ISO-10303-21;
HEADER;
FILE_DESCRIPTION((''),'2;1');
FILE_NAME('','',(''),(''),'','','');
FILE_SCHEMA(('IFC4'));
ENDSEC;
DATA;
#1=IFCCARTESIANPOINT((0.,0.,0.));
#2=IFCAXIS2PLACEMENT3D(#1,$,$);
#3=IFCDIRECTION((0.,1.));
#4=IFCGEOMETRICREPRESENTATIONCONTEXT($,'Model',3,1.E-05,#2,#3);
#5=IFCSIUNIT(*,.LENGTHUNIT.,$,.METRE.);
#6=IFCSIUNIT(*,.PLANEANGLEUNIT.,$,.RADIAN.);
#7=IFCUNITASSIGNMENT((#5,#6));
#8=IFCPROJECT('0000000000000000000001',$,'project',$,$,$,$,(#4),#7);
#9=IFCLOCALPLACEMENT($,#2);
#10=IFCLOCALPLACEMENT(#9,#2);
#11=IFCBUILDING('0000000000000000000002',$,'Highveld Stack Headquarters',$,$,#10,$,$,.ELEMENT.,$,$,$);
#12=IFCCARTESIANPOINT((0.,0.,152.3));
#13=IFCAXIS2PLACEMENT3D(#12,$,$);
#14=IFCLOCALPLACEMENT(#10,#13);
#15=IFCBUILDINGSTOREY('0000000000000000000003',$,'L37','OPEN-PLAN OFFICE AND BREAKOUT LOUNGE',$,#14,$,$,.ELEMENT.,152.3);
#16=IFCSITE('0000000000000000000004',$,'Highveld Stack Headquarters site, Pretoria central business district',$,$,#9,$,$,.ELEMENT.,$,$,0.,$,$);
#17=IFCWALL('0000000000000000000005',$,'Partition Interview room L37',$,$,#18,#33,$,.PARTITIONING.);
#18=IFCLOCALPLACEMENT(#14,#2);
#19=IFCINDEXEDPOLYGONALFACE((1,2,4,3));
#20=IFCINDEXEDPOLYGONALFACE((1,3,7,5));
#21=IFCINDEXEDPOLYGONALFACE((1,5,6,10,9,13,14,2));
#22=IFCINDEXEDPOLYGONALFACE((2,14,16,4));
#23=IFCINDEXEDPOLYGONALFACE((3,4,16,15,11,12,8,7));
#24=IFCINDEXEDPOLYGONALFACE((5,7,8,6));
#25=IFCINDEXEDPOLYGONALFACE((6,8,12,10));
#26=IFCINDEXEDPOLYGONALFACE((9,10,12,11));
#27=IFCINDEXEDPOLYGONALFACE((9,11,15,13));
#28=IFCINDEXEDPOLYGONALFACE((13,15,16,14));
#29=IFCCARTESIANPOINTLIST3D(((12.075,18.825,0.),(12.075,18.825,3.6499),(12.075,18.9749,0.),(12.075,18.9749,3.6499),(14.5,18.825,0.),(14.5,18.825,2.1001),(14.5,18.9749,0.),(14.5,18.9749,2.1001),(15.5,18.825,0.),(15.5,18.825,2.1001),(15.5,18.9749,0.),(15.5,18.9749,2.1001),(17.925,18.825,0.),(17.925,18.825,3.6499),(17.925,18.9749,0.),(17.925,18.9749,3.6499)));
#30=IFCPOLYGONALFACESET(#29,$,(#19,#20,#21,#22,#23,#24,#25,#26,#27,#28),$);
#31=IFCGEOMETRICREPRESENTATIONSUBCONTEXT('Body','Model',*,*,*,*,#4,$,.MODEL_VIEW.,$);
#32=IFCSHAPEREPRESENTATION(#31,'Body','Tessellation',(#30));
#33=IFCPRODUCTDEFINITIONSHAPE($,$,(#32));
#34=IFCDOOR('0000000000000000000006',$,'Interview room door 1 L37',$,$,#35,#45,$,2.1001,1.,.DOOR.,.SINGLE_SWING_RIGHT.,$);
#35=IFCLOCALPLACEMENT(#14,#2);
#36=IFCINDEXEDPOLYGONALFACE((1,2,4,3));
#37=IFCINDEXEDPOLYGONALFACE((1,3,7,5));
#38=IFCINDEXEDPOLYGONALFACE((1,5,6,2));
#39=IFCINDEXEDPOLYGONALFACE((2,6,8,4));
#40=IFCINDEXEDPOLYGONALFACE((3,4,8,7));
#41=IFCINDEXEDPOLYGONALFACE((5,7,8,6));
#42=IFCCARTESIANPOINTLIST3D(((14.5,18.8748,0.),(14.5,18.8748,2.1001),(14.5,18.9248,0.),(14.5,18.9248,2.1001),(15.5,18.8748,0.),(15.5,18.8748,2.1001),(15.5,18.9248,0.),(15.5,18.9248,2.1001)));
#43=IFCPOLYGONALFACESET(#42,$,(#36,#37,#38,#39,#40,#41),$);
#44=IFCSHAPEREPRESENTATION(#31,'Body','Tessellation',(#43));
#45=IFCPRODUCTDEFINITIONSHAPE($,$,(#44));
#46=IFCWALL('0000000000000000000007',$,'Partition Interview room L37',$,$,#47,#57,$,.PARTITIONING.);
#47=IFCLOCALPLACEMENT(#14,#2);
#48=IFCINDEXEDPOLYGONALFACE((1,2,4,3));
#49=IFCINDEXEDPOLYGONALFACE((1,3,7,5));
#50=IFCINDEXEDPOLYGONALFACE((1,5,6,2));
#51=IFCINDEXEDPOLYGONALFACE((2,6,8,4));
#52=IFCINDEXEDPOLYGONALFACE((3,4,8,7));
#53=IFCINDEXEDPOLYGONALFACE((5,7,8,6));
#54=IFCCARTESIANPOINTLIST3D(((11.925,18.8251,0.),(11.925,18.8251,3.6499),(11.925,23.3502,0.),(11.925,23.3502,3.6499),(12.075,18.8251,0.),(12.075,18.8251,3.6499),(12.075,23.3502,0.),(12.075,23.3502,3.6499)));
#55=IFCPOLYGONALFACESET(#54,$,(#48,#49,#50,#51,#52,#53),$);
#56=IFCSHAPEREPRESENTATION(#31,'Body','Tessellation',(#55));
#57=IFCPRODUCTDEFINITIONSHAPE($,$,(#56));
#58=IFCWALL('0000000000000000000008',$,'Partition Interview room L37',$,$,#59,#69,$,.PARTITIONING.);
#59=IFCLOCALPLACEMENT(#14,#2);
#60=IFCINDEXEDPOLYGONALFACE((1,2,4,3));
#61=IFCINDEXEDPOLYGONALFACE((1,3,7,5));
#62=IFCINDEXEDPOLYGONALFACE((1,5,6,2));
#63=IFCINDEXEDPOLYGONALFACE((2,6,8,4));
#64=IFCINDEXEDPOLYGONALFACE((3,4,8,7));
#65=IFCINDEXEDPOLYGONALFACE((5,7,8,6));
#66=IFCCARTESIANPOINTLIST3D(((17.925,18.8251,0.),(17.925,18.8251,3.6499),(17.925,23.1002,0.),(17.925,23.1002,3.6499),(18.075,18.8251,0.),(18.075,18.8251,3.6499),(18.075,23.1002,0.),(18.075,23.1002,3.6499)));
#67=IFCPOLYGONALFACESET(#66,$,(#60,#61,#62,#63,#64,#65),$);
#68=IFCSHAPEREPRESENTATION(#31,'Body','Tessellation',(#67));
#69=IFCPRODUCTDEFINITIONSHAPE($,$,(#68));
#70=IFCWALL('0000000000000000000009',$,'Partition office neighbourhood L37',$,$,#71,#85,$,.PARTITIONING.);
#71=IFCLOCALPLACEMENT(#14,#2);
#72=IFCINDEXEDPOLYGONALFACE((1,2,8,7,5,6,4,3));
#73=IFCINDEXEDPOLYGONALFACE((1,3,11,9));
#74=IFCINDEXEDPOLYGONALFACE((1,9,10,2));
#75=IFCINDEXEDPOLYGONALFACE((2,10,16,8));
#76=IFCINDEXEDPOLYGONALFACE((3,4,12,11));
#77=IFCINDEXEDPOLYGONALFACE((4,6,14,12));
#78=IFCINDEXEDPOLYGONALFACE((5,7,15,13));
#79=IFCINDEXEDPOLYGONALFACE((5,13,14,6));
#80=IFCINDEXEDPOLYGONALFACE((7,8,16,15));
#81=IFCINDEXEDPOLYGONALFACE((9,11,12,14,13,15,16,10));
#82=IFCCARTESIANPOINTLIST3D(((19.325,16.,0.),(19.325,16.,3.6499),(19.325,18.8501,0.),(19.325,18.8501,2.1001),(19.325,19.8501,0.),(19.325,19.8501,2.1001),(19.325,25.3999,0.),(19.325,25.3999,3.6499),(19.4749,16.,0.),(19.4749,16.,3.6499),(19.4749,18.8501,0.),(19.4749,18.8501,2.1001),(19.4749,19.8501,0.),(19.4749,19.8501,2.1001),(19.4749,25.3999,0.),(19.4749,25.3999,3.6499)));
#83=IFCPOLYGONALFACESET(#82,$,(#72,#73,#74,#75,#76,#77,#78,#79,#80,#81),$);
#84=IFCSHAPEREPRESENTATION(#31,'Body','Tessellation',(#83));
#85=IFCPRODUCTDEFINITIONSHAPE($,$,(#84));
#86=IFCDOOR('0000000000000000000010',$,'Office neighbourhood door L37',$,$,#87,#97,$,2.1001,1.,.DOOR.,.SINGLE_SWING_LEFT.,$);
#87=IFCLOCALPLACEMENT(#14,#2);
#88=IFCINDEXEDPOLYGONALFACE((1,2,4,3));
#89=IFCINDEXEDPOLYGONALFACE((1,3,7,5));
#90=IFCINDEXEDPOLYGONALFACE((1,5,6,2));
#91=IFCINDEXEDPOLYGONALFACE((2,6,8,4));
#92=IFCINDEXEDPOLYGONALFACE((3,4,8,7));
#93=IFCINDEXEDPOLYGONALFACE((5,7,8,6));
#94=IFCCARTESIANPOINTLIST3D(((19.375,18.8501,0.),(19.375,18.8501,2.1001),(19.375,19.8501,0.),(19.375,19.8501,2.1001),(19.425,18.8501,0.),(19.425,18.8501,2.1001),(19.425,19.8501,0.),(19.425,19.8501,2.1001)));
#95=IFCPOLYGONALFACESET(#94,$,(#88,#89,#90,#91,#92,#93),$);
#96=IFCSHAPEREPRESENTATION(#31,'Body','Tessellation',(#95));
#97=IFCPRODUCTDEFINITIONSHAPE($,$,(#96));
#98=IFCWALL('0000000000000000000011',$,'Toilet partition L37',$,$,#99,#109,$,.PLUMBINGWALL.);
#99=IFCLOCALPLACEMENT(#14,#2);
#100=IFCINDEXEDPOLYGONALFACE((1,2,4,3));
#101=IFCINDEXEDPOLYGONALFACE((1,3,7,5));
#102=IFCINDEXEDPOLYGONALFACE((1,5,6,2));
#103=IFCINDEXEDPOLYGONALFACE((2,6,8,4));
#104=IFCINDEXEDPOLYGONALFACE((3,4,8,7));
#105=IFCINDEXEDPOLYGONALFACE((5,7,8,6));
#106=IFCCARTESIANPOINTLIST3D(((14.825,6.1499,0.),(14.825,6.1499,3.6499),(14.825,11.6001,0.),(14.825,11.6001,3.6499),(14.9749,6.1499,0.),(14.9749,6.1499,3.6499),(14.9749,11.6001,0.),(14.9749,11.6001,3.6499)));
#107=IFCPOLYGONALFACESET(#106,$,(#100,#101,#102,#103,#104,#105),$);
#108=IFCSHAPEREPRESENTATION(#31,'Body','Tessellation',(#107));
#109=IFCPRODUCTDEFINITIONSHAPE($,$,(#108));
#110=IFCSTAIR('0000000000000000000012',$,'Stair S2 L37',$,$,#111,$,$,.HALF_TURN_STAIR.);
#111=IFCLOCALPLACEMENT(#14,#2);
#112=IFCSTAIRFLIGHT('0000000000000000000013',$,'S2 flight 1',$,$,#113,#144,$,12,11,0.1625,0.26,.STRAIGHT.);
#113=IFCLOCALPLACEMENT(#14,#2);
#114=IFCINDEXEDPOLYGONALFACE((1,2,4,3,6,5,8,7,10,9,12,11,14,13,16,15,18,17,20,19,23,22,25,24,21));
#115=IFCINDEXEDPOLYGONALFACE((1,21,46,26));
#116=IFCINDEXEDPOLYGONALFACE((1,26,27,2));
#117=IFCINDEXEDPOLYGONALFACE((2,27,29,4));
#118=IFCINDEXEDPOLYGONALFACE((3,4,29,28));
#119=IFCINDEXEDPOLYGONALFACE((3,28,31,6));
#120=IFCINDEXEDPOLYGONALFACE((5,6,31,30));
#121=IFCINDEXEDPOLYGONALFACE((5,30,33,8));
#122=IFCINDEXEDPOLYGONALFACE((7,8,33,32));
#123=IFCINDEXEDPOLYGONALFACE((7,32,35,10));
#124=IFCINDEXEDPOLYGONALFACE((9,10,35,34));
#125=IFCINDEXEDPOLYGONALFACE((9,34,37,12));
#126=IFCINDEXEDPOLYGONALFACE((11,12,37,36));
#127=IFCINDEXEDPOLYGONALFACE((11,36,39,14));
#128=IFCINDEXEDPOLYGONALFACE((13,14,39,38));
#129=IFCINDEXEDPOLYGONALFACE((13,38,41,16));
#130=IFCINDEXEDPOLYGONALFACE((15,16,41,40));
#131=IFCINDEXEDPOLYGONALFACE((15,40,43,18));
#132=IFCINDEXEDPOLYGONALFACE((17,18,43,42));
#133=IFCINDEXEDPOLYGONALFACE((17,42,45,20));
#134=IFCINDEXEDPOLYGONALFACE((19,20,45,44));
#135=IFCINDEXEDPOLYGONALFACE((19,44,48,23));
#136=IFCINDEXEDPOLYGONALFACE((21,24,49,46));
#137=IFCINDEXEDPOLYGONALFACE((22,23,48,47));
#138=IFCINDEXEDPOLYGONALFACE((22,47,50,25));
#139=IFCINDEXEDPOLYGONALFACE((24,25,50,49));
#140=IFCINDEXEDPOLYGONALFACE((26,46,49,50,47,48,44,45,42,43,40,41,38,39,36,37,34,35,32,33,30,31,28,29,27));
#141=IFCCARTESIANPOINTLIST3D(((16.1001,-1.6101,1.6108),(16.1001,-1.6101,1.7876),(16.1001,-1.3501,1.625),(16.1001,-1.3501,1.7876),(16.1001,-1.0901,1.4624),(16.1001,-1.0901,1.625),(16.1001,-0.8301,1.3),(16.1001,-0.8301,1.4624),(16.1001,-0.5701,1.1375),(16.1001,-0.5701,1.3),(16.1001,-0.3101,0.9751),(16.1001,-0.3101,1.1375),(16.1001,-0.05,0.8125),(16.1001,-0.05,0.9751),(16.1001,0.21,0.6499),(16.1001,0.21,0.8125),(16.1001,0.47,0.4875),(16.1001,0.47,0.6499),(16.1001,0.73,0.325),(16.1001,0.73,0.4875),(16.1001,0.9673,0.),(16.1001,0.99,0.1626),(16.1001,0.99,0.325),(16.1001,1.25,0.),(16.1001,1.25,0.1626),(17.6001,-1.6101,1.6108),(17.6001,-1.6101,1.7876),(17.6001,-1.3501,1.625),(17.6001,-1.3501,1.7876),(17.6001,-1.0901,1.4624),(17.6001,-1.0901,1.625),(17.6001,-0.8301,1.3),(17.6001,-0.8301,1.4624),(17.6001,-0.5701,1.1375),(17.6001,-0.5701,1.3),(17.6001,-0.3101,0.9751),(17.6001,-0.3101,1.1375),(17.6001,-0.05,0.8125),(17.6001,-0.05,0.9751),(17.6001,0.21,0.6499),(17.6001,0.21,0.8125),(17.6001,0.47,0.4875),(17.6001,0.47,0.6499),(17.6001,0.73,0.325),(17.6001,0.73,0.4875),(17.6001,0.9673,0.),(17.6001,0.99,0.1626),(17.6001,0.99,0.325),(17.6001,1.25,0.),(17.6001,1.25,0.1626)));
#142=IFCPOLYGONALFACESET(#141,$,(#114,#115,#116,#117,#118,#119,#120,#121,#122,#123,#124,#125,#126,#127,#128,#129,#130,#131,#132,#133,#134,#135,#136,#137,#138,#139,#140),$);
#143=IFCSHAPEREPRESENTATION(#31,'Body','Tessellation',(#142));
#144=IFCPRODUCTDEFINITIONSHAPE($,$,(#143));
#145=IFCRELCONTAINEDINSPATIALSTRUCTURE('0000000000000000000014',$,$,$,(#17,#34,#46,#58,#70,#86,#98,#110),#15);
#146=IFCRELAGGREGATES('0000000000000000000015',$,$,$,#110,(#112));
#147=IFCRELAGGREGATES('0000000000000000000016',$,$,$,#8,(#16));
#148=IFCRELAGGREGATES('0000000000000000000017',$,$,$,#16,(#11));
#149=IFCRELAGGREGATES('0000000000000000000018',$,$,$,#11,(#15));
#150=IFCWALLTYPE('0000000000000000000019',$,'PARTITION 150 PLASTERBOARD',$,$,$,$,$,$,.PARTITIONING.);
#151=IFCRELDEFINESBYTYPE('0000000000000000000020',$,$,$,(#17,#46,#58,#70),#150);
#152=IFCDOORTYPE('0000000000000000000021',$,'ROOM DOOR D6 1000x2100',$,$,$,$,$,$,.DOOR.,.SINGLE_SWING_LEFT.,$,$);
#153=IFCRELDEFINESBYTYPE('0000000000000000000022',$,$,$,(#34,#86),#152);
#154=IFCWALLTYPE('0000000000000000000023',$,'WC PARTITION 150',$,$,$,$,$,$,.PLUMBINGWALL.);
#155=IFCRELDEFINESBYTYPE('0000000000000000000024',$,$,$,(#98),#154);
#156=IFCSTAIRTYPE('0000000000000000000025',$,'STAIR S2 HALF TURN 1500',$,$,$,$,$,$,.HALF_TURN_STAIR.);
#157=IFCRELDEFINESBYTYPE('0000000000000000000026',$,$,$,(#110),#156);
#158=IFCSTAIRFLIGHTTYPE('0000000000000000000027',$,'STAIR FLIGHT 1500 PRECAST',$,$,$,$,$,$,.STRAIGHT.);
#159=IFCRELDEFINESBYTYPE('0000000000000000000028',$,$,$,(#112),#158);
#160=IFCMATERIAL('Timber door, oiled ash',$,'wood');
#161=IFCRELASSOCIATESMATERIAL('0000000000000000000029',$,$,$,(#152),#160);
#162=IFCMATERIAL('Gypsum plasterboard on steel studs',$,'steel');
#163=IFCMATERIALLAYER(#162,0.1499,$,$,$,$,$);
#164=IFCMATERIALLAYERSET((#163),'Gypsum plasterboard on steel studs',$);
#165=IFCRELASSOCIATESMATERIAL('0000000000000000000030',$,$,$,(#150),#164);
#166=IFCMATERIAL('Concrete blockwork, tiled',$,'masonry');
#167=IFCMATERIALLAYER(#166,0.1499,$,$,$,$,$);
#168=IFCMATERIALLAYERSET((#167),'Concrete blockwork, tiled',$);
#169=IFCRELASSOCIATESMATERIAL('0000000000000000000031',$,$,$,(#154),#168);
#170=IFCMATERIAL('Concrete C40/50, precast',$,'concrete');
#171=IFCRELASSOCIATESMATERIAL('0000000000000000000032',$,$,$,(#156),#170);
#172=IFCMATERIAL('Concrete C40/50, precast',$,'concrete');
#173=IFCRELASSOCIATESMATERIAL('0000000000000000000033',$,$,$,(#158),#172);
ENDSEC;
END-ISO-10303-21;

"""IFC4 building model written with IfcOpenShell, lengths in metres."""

from ifc_helpers import new_model, si_unit, direction, frame, frame_2d, origin, place, context, subcontext, project, spatial, polyline, rectangle, outline, extrude, material, layer, layer_set, type_object, element, fill, aggregate, save


model = new_model("IFC4")

# Units and contexts
model_context = context("Model", 3, precision=1e-05, world=origin(), true_north=direction((0.0, 1.0)))
body_context = subcontext(model_context, "Body", "Model", "MODEL_VIEW")
ifc_project = project(units=[si_unit("LENGTHUNIT", "METRE"), si_unit("PLANEANGLEUNIT", "RADIAN")], contexts=[model_context])

# Site, building, storey
site_placement = place(None, origin())
site = spatial("IfcSite", under=ifc_project, at=site_placement, Name="Highveld Stack Headquarters site, Pretoria central business district", CompositionType="ELEMENT", RefElevation=0.0)
building_placement = place(site_placement, origin())
building = spatial("IfcBuilding", under=site, at=building_placement, Name="Highveld Stack Headquarters", CompositionType="ELEMENT")
storey_placement = place(building_placement, frame((0.0, 0.0, 152.3)))
storey = spatial("IfcBuildingStorey", under=building, at=storey_placement, Name="L37", Description="OPEN-PLAN OFFICE AND BREAKOUT LOUNGE", CompositionType="ELEMENT", Elevation=152.3)

# Shared definitions
ifc_material_1 = material(Name="Timber door, oiled ash", Category="wood")
door_type_1 = type_object("IfcDoorType", Name="ROOM DOOR D6 1000x2100", OperationType="SINGLE_SWING_LEFT", PredefinedType="DOOR", material=ifc_material_1)

# Wall, opening, door
ifc_material_2 = material(Name="Gypsum plasterboard on steel studs", Category="steel")
ifc_layer_1 = layer(ifc_material_2, 0.1499)
ifc_layer_set_1 = layer_set([ifc_layer_1], Name="Gypsum plasterboard on steel studs")
wall_type_1 = type_object("IfcWallType", Name="PARTITION 150 PLASTERBOARD", PredefinedType="PARTITIONING", material=ifc_layer_set_1)
wall_1_placement = place(storey_placement, frame((12.075, 18.8999, 0.0), z_axis=(0.0, 0.0, 1.0), x_axis=(1.0, 0.0, 0.0)))
wall_1 = element("IfcWall", 1, at=wall_1_placement, inside=storey, type_object=wall_type_1, Name="Partition Interview room L37", PredefinedType="PARTITIONING", context=body_context, shape_type="SweptSolid", body=[
    extrude(rectangle(XDim=5.8501, YDim=0.1499, at=frame_2d((2.925, 0.0))), origin(), (0.0, 0.0, 1.0), 3.6499),
])
opening_1_placement = place(wall_1_placement, frame((2.425, 0.0, 0.0)))
opening_1 = element("IfcOpeningElement", 2, at=opening_1_placement, cuts=wall_1, PredefinedType="OPENING", context=body_context, shape_type="SweptSolid", body=[
    extrude(rectangle(XDim=1.0, YDim=2.1001, at=frame_2d((0.5, 1.05))), frame((0.0, 0.085, 0.0), z_axis=(0.0, -1.0, 0.0), x_axis=(1.0, 0.0, 0.0)), (0.0, 0.0, 1.0), 0.1699),
])
door_1_placement = place(opening_1_placement, origin())
door_1 = element("IfcDoor", 3, at=door_1_placement, inside=storey, type_object=door_type_1, Name="Interview room door 1 L37", OperationType="SINGLE_SWING_RIGHT", OverallHeight=2.1001, OverallWidth=1.0, PredefinedType="DOOR", context=body_context, shape_type="SweptSolid", body=[
    extrude(rectangle(XDim=1.0, YDim=2.1001, at=frame_2d((0.5, 1.05))), frame((0.0, 0.0249, 0.0), z_axis=(0.0, -1.0, 0.0), x_axis=(1.0, 0.0, 0.0)), (0.0, 0.0, 1.0), 0.05),
])
fill(opening_1, door_1)

# Walls
wall_2_placement = place(storey_placement, frame((12.0, 18.825, 0.0), z_axis=(0.0, 0.0, 1.0), x_axis=(0.0, 1.0, 0.0)))
element("IfcWall", 4, at=wall_2_placement, inside=storey, type_object=wall_type_1, Name="Partition Interview room L37", PredefinedType="PARTITIONING", context=body_context, shape_type="SweptSolid", body=[
    extrude(rectangle(XDim=4.5251, YDim=0.1499, at=frame_2d((2.2627, 0.0))), origin(), (0.0, 0.0, 1.0), 3.6499),
])
wall_3_placement = place(storey_placement, frame((18.0, 18.825, 0.0), z_axis=(0.0, 0.0, 1.0), x_axis=(0.0, 1.0, 0.0)))
element("IfcWall", 5, at=wall_3_placement, inside=storey, type_object=wall_type_1, Name="Partition Interview room L37", PredefinedType="PARTITIONING", context=body_context, shape_type="SweptSolid", body=[
    extrude(rectangle(XDim=4.2751, YDim=0.1499, at=frame_2d((2.1377, 0.0))), origin(), (0.0, 0.0, 1.0), 3.6499),
])

# Wall, opening, door
wall_4_placement = place(storey_placement, frame((19.3999, 16.0, 0.0), z_axis=(0.0, 0.0, 1.0), x_axis=(0.0, 1.0, 0.0)))
wall_4 = element("IfcWall", 6, at=wall_4_placement, inside=storey, type_object=wall_type_1, Name="Partition office neighbourhood L37", PredefinedType="PARTITIONING", context=body_context, shape_type="SweptSolid", body=[
    extrude(rectangle(XDim=9.3999, YDim=0.1499, at=frame_2d((4.7, 0.0))), origin(), (0.0, 0.0, 1.0), 3.6499),
])
opening_2_placement = place(wall_4_placement, frame((2.8501, 0.0, 0.0)))
opening_2 = element("IfcOpeningElement", 7, at=opening_2_placement, cuts=wall_4, PredefinedType="OPENING", context=body_context, shape_type="SweptSolid", body=[
    extrude(rectangle(XDim=1.0, YDim=2.1001, at=frame_2d((0.5, 1.05))), frame((0.0, 0.085, 0.0), z_axis=(0.0, -1.0, 0.0), x_axis=(1.0, 0.0, 0.0)), (0.0, 0.0, 1.0), 0.1699),
])
door_2_placement = place(opening_2_placement, origin())
door_2 = element("IfcDoor", 8, at=door_2_placement, inside=storey, type_object=door_type_1, Name="Office neighbourhood door L37", OperationType="SINGLE_SWING_LEFT", OverallHeight=2.1001, OverallWidth=1.0, PredefinedType="DOOR", context=body_context, shape_type="SweptSolid", body=[
    extrude(rectangle(XDim=1.0, YDim=2.1001, at=frame_2d((0.5, 1.05))), frame((0.0, 0.0249, 0.0), z_axis=(0.0, -1.0, 0.0), x_axis=(1.0, 0.0, 0.0)), (0.0, 0.0, 1.0), 0.05),
])
fill(opening_2, door_2)

# Wall
ifc_material_3 = material(Name="Concrete blockwork, tiled", Category="masonry")
ifc_layer_2 = layer(ifc_material_3, 0.1499)
ifc_layer_set_2 = layer_set([ifc_layer_2], Name="Concrete blockwork, tiled")
wall_type_2 = type_object("IfcWallType", Name="WC PARTITION 150", PredefinedType="PLUMBINGWALL", material=ifc_layer_set_2)
wall_5_placement = place(storey_placement, frame((14.8999, 6.1499, 0.0), z_axis=(0.0, 0.0, 1.0), x_axis=(0.0, 1.0, 0.0)))
element("IfcWall", 9, at=wall_5_placement, inside=storey, type_object=wall_type_2, Name="Toilet partition L37", PredefinedType="PLUMBINGWALL", context=body_context, shape_type="SweptSolid", body=[
    extrude(rectangle(XDim=5.4502, YDim=0.1499, at=frame_2d((2.7251, 0.0))), origin(), (0.0, 0.0, 1.0), 3.6499),
])

# Stair, stair flight
ifc_material_4 = material(Name="Concrete C40/50, precast", Category="concrete")
stair_type = type_object("IfcStairType", Name="STAIR S2 HALF TURN 1500", PredefinedType="HALF_TURN_STAIR", material=ifc_material_4)
stair_placement = place(storey_placement, origin())
stair = element("IfcStair", 10, at=stair_placement, inside=storey, type_object=stair_type, Name="Stair S2 L37", PredefinedType="HALF_TURN_STAIR")
ifc_material_5 = material(Name="Concrete C40/50, precast", Category="concrete")
stair_flight_type = type_object("IfcStairFlightType", Name="STAIR FLIGHT 1500 PRECAST", PredefinedType="STRAIGHT", material=ifc_material_5)
stair_flight_placement = place(storey_placement, frame((16.8501, 1.25, 0.0), z_axis=(0.0, 0.0, 1.0), x_axis=(0.0, -1.0, 0.0)))
stair_flight = element("IfcStairFlight", 11, at=stair_flight_placement, type_object=stair_flight_type, Name="S2 flight 1", NumberOfRisers=12, NumberOfTreads=11, PredefinedType="STRAIGHT", RiserHeight=0.1625, TreadLength=0.26, context=body_context, shape_type="SweptSolid", body=[
    extrude(outline(polyline([(0.0, 0.0), (0.0, 0.1626), (0.26, 0.1626), (0.26, 0.325), (0.52, 0.325), (0.52, 0.4875), (0.78, 0.4875), (0.78, 0.6499), (1.04, 0.6499), (1.04, 0.8125), (1.3, 0.8125), (1.3, 0.9751), (1.5601, 0.9751), (1.5601, 1.1375), (1.8201, 1.1375), (1.8201, 1.3), (2.0801, 1.3), (2.0801, 1.4624), (2.3401, 1.4624), (2.3401, 1.625), (2.6001, 1.625), (2.6001, 1.7876), (2.8601, 1.7876), (2.8601, 1.95), (2.8601, 1.6108), (0.2827, 0.0), (0.0, 0.0)])), frame((0.0, 0.75, 0.0), z_axis=(0.0, -1.0, 0.0), x_axis=(1.0, 0.0, 0.0)), (0.0, 0.0, 1.0), 1.5),
])
aggregate(stair, [stair_flight])

save(model, "model.ifc")
